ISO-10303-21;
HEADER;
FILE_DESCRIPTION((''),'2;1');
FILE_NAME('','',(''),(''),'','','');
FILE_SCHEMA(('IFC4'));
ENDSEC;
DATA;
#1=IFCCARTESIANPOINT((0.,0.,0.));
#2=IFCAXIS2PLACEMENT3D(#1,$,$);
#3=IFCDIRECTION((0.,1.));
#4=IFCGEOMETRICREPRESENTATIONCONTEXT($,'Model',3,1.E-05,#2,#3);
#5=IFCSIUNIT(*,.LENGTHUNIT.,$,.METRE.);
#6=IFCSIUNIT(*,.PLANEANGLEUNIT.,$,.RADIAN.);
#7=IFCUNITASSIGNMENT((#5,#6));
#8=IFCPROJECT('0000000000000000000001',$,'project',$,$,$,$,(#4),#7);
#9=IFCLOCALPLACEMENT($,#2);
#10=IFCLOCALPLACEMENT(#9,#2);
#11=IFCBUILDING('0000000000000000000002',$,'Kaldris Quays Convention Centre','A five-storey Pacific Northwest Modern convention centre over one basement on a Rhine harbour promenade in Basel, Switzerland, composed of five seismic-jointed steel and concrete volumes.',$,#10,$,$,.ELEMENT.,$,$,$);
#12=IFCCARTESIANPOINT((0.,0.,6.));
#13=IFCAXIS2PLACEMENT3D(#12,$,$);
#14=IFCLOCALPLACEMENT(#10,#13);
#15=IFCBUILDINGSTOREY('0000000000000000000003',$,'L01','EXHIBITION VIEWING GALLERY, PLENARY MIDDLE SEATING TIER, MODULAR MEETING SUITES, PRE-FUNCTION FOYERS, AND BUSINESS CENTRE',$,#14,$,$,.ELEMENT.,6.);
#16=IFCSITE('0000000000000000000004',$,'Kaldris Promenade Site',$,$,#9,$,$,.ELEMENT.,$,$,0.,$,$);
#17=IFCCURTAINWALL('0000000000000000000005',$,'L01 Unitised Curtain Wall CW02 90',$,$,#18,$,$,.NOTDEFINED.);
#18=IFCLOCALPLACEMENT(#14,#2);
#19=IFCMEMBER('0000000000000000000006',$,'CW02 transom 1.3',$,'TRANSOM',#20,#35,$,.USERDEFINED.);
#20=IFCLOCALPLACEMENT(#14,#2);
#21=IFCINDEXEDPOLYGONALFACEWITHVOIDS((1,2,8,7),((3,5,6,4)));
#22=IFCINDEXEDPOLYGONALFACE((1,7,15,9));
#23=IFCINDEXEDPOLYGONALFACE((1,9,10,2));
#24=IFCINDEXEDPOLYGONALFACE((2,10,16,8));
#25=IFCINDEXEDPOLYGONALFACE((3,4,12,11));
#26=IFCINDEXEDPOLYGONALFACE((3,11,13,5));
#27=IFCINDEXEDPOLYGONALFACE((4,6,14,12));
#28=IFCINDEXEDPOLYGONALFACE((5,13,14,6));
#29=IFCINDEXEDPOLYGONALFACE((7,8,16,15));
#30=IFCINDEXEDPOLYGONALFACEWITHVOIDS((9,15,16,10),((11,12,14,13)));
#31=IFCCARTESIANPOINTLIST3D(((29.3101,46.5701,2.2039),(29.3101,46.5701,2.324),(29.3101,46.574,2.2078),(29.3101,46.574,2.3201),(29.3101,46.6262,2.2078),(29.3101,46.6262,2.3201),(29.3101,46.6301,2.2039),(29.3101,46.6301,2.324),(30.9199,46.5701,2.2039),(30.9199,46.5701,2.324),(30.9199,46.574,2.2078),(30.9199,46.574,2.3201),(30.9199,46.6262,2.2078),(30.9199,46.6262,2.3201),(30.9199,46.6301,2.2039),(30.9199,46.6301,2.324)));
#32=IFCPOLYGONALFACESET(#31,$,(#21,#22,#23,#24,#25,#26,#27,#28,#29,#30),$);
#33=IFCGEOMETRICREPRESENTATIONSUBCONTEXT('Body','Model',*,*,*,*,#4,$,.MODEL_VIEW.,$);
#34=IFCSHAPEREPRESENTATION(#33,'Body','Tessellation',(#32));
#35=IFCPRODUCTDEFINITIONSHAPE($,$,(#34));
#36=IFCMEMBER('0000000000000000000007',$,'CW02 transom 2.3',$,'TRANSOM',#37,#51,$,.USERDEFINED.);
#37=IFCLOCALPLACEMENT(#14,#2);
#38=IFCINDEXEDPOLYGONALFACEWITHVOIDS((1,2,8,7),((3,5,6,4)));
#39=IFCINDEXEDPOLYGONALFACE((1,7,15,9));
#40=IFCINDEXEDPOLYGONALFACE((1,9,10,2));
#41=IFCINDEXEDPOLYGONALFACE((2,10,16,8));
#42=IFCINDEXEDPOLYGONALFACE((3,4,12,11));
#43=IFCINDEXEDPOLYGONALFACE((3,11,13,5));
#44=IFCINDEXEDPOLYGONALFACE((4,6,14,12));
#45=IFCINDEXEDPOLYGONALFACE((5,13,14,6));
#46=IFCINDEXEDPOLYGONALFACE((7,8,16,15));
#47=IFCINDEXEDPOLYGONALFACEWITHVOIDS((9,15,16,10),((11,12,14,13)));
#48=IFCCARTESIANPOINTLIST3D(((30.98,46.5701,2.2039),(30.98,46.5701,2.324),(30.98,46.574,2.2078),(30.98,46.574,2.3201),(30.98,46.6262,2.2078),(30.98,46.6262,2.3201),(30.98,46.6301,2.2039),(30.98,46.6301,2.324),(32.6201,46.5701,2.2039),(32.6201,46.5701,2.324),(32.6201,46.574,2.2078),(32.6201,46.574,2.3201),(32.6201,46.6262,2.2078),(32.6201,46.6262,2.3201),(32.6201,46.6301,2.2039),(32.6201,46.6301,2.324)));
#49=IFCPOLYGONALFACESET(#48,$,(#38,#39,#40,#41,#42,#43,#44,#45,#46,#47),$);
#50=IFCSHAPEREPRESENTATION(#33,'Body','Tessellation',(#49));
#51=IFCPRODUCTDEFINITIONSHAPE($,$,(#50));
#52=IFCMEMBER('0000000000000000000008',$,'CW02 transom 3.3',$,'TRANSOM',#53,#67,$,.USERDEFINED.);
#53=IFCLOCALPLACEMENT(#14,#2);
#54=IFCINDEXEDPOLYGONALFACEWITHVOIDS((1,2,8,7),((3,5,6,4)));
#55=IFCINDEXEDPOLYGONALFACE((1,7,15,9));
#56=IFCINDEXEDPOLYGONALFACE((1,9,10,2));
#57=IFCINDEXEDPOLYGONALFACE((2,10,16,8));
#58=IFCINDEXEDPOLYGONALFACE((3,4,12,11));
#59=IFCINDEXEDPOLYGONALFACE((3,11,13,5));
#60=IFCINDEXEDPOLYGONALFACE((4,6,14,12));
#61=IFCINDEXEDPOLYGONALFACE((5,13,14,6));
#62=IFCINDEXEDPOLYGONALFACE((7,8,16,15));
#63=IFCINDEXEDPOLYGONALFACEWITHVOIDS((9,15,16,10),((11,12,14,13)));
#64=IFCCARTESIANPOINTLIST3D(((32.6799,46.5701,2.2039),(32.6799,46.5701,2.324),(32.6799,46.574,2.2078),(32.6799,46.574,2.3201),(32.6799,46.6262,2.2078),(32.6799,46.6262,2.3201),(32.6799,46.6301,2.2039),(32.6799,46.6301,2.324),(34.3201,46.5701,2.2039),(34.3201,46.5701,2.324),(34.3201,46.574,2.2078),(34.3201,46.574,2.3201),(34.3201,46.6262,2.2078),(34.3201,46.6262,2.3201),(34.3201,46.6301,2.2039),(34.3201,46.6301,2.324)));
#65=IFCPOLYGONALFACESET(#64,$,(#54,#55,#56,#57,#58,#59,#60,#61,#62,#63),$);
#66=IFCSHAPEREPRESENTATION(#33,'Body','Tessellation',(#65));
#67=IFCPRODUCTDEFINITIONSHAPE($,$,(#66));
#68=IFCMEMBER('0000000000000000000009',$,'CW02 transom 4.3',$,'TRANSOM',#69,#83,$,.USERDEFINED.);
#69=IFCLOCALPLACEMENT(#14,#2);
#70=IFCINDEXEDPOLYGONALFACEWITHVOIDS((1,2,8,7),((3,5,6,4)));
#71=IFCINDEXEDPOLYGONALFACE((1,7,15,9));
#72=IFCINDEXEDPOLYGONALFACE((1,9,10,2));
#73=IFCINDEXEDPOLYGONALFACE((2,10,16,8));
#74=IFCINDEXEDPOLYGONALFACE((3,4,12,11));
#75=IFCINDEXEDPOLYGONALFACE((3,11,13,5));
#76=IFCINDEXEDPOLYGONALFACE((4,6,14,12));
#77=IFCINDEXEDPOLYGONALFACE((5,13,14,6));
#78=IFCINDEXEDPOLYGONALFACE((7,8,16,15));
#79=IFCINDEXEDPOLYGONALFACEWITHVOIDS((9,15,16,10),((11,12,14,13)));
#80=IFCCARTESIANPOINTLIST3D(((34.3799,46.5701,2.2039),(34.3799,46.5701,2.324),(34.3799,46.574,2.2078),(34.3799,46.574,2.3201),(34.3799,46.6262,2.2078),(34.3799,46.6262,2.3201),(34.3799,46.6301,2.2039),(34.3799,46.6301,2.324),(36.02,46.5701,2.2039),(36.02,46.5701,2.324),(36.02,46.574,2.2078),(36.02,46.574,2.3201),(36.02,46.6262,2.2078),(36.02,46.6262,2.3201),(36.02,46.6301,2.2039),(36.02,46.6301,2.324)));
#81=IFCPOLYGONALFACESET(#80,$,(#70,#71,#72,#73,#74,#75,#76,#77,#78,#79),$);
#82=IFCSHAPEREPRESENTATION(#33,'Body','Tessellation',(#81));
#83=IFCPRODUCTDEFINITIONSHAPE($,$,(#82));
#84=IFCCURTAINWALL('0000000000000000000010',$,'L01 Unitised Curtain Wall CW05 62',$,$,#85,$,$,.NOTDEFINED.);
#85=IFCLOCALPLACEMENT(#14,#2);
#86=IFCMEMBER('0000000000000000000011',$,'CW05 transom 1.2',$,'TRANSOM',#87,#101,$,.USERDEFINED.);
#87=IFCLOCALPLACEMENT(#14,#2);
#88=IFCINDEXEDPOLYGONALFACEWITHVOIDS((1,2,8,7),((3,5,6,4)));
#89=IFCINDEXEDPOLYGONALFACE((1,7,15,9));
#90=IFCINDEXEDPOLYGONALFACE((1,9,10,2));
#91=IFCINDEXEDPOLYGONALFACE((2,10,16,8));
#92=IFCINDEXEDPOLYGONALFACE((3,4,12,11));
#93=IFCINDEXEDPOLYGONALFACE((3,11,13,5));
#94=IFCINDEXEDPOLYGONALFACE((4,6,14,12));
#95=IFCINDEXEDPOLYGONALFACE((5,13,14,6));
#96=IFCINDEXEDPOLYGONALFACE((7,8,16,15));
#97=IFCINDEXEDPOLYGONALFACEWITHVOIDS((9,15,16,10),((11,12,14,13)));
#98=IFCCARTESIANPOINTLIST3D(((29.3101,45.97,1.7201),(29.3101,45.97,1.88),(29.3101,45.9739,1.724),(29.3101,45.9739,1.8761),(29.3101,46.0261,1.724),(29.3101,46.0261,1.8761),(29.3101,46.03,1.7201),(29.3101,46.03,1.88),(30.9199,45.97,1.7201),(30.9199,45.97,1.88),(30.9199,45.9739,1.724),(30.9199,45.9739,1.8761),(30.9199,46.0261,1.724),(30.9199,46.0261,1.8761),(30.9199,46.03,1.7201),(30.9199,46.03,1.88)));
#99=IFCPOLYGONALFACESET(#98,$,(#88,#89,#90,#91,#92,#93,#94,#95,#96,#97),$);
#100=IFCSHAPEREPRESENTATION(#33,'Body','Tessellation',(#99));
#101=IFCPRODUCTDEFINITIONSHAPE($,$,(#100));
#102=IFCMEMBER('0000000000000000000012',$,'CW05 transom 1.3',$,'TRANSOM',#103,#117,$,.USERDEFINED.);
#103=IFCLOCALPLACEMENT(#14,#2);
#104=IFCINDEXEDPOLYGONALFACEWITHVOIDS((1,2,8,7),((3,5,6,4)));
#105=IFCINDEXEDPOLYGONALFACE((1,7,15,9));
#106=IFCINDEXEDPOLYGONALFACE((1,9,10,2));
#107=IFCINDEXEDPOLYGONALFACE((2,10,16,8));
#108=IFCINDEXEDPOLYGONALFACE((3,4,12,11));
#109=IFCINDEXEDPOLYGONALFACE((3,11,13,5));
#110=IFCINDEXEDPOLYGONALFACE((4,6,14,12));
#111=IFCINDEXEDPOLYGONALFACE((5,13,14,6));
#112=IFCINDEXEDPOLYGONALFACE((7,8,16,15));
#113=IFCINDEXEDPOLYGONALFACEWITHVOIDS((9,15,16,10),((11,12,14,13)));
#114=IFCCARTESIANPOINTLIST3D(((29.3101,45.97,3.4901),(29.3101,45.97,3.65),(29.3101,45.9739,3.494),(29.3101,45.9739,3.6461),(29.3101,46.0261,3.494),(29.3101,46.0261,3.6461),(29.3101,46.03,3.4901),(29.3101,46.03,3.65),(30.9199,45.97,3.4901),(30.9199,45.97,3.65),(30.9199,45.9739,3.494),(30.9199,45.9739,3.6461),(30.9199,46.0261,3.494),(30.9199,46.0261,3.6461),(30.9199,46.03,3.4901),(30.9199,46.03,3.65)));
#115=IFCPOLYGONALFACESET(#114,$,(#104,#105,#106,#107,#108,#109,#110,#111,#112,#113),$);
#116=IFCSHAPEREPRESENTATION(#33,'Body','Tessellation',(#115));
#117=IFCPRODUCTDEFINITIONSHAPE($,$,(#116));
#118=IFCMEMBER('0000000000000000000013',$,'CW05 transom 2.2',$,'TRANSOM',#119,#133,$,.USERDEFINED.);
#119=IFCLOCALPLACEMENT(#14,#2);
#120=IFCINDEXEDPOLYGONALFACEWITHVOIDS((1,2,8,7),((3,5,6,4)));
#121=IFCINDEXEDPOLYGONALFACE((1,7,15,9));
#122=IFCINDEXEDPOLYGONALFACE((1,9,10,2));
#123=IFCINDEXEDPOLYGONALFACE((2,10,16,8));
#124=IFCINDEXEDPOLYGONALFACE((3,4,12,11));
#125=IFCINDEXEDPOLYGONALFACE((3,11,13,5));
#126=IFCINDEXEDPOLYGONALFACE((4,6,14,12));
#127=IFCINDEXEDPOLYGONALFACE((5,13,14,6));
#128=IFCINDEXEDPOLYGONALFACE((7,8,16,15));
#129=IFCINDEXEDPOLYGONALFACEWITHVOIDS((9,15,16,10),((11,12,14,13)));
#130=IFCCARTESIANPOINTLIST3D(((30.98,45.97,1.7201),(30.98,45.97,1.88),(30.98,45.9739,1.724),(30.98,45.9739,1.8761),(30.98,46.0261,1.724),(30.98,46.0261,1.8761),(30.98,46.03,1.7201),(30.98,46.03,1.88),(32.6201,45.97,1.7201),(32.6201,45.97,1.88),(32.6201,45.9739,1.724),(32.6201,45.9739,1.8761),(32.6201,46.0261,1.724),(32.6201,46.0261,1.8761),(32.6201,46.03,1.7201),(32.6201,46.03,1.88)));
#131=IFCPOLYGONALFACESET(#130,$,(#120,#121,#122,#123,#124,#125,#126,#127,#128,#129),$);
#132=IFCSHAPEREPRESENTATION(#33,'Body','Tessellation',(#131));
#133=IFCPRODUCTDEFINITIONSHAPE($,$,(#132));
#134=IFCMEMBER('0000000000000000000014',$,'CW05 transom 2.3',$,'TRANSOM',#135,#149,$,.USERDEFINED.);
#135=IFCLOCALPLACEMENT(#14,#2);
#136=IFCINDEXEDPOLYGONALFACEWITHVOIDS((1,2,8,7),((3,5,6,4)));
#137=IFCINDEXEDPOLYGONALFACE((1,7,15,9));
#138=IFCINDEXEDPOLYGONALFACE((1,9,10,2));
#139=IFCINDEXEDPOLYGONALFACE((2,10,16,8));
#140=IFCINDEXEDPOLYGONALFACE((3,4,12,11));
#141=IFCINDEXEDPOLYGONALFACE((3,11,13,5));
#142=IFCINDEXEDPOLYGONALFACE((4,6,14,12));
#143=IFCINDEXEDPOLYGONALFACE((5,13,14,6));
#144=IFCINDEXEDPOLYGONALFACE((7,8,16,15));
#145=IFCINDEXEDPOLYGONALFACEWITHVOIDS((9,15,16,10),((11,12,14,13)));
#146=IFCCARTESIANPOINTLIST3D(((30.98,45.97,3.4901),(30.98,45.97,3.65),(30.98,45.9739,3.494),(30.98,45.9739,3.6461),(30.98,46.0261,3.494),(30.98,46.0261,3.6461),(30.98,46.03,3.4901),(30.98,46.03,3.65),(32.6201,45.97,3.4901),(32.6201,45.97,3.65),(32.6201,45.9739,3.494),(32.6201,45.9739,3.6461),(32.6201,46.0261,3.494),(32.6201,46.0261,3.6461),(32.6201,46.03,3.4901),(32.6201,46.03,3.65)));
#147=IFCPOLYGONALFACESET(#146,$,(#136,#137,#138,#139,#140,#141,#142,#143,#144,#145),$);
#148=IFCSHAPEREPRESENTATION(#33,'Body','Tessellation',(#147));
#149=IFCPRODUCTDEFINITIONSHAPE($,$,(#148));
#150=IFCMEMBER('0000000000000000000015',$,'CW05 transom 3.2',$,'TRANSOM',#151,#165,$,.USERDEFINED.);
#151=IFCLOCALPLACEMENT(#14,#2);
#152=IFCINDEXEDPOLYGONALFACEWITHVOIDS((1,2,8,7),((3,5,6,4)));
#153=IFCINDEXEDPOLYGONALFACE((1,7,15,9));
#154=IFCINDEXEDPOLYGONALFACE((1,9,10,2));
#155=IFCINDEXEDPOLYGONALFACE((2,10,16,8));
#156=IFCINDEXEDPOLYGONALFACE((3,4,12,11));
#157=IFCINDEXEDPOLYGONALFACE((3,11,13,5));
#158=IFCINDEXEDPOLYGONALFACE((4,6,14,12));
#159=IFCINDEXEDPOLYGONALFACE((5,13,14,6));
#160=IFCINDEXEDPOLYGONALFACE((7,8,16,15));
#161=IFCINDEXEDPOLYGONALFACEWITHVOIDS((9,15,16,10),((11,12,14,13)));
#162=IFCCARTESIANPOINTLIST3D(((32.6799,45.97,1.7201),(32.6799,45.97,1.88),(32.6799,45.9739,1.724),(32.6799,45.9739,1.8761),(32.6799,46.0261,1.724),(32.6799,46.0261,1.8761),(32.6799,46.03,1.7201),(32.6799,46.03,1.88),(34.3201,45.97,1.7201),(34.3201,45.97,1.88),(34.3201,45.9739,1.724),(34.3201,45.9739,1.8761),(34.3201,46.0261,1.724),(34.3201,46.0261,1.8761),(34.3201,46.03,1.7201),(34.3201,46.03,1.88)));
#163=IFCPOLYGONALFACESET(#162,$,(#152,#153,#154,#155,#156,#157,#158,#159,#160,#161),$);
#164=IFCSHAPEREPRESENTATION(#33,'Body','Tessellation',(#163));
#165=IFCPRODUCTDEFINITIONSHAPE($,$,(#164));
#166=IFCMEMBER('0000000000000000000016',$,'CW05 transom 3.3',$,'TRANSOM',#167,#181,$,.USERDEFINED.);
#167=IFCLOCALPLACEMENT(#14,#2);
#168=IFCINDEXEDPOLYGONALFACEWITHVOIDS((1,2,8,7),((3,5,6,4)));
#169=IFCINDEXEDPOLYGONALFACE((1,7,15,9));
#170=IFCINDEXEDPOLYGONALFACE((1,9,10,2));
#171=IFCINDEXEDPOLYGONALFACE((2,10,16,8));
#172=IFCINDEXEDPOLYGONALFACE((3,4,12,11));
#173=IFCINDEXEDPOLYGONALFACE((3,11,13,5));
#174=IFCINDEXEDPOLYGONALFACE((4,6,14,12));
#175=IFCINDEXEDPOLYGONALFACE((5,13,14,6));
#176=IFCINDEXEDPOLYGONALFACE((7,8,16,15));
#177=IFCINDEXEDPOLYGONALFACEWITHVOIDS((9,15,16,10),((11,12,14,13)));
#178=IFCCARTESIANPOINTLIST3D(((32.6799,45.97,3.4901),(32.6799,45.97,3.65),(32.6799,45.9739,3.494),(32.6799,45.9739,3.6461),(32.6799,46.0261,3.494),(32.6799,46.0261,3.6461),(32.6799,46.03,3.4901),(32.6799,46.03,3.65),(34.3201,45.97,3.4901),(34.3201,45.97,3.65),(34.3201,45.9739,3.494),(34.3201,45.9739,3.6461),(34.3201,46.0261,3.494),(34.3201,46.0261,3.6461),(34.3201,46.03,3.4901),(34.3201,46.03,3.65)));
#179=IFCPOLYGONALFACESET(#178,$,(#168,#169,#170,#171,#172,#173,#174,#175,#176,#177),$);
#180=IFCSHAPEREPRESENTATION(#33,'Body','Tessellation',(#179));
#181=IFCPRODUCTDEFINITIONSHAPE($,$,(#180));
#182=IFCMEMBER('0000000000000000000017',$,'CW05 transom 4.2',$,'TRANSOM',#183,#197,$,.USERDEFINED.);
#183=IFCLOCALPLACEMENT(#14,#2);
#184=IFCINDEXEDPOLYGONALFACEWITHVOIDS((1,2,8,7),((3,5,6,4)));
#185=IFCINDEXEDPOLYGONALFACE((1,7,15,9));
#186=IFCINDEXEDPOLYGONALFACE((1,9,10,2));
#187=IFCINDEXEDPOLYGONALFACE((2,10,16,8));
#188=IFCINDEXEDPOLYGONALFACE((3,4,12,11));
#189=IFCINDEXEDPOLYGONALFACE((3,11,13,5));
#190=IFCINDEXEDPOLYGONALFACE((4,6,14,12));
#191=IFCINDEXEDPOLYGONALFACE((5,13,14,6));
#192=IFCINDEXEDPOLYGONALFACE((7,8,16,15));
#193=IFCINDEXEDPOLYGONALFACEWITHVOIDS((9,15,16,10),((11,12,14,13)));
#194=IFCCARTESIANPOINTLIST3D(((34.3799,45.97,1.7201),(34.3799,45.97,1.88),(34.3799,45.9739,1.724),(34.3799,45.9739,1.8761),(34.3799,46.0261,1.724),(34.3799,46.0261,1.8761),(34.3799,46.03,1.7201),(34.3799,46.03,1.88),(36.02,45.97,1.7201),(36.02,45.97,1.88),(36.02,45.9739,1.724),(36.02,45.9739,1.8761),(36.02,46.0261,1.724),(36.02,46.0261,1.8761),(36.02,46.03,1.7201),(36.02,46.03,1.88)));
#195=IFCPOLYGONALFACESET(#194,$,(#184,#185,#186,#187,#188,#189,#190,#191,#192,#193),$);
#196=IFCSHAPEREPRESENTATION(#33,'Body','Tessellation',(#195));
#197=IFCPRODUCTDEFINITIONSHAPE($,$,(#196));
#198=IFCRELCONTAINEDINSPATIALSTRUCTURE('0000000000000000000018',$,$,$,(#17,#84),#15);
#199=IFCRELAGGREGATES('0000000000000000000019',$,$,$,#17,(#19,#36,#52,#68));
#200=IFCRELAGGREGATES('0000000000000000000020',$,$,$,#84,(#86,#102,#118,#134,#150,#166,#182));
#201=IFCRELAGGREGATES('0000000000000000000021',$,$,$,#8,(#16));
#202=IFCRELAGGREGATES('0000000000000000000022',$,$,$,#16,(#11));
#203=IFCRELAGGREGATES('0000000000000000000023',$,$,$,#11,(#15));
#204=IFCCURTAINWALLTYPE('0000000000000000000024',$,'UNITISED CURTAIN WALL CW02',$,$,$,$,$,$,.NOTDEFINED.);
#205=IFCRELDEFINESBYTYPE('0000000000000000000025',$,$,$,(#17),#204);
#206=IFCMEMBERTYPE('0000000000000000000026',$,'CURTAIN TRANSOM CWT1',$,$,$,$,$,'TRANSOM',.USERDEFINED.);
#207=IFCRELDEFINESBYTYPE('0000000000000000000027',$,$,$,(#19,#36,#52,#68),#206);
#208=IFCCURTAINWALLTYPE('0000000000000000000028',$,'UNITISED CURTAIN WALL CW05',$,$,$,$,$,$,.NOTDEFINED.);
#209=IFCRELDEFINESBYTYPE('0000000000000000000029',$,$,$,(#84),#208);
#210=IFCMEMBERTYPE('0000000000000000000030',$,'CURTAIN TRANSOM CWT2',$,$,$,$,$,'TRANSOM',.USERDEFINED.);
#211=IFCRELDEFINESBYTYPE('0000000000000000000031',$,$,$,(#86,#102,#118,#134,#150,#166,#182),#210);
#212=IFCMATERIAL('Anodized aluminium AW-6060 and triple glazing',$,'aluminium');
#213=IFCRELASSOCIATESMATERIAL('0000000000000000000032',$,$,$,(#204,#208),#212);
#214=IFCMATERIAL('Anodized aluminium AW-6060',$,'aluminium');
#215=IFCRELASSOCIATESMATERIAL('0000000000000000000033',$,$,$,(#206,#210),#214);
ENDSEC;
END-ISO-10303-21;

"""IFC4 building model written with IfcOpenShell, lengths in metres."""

from ifc_helpers import new_model, si_unit, direction, frame, origin, origin_2d, place, context, subcontext, project, spatial, hollow_rectangle, extrude, material, material_profile, profile_set, type_object, element, aggregate, save


model = new_model("IFC4")

# Units and contexts
model_context = context("Model", 3, precision=1e-05, world=origin(), true_north=direction((0.0, 1.0)))
body_context = subcontext(model_context, "Body", "Model", "MODEL_VIEW")
ifc_project = project(units=[si_unit("LENGTHUNIT", "METRE"), si_unit("PLANEANGLEUNIT", "RADIAN")], contexts=[model_context])

# Site, building, storey
site_placement = place(None, origin())
site = spatial("IfcSite", under=ifc_project, at=site_placement, Name="Kaldris Promenade Site", CompositionType="ELEMENT", RefElevation=0.0)
building_placement = place(site_placement, origin())
building = spatial("IfcBuilding", under=site, at=building_placement, Name="Kaldris Quays Convention Centre", Description="A five-storey Pacific Northwest Modern convention centre over one basement on a Rhine harbour promenade in Basel, Switzerland, composed of five seismic-jointed steel and concrete volumes.", CompositionType="ELEMENT")
storey_placement = place(building_placement, frame((0.0, 0.0, 6.0)))
storey = spatial("IfcBuildingStorey", under=building, at=storey_placement, Name="L01", Description="EXHIBITION VIEWING GALLERY, PLENARY MIDDLE SEATING TIER, MODULAR MEETING SUITES, PRE-FUNCTION FOYERS, AND BUSINESS CENTRE", CompositionType="ELEMENT", Elevation=6.0)

# Curtain walls, members
ifc_material_1 = material(Name="Anodized aluminium AW-6060 and triple glazing", Category="aluminium")
curtain_wall_type_1 = type_object("IfcCurtainWallType", Name="UNITISED CURTAIN WALL CW02", PredefinedType="NOTDEFINED", material=ifc_material_1)
curtain_wall_1_placement = place(storey_placement, origin())
curtain_wall_1 = element("IfcCurtainWall", 1, at=curtain_wall_1_placement, inside=storey, type_object=curtain_wall_type_1, Name="L01 Unitised Curtain Wall CW02 90", PredefinedType="NOTDEFINED")
ifc_material_2 = material(Name="Anodized aluminium AW-6060", Category="aluminium")
ifc_material_profile_1 = material_profile(ifc_material_2, hollow_rectangle(XDim=0.0601, YDim=0.1201, WallThickness=0.0039, at=origin_2d()), Name="RHS 120x60x4")
ifc_profile_set_1 = profile_set([ifc_material_profile_1], Name="Anodized aluminium AW-6060")
member_type_1 = type_object("IfcMemberType", Name="CURTAIN TRANSOM CWT1", ElementType="TRANSOM", PredefinedType="USERDEFINED", material=ifc_profile_set_1)
member_1_placement = place(storey_placement, frame((29.3101, 46.6001, 2.2639), z_axis=(1.0, 0.0, 0.0), x_axis=(0.0, 1.0, 0.0)))
member_1 = element("IfcMember", 2, at=member_1_placement, type_object=member_type_1, Name="CW02 transom 1.3", ObjectType="TRANSOM", PredefinedType="USERDEFINED", context=body_context, shape_type="SweptSolid", body=[
    extrude(hollow_rectangle(XDim=0.0601, YDim=0.1201, WallThickness=0.0039, at=origin_2d()), origin(), (0.0, 0.0, 1.0), 1.6099),
])
member_2_placement = place(storey_placement, frame((30.98, 46.6001, 2.2639), z_axis=(1.0, 0.0, 0.0), x_axis=(0.0, 1.0, 0.0)))
member_2 = element("IfcMember", 3, at=member_2_placement, type_object=member_type_1, Name="CW02 transom 2.3", ObjectType="TRANSOM", PredefinedType="USERDEFINED", context=body_context, shape_type="SweptSolid", body=[
    extrude(hollow_rectangle(XDim=0.0601, YDim=0.1201, WallThickness=0.0039, at=origin_2d()), origin(), (0.0, 0.0, 1.0), 1.6401),
])
member_3_placement = place(storey_placement, frame((32.6799, 46.6001, 2.2639), z_axis=(1.0, 0.0, 0.0), x_axis=(0.0, 1.0, 0.0)))
member_3 = element("IfcMember", 4, at=member_3_placement, type_object=member_type_1, Name="CW02 transom 3.3", ObjectType="TRANSOM", PredefinedType="USERDEFINED", context=body_context, shape_type="SweptSolid", body=[
    extrude(hollow_rectangle(XDim=0.0601, YDim=0.1201, WallThickness=0.0039, at=origin_2d()), origin(), (0.0, 0.0, 1.0), 1.6401),
])
member_4_placement = place(storey_placement, frame((34.3799, 46.6001, 2.2639), z_axis=(1.0, 0.0, 0.0), x_axis=(0.0, 1.0, 0.0)))
member_4 = element("IfcMember", 5, at=member_4_placement, type_object=member_type_1, Name="CW02 transom 4.3", ObjectType="TRANSOM", PredefinedType="USERDEFINED", context=body_context, shape_type="SweptSolid", body=[
    extrude(hollow_rectangle(XDim=0.0601, YDim=0.1201, WallThickness=0.0039, at=origin_2d()), origin(), (0.0, 0.0, 1.0), 1.6401),
])
curtain_wall_type_2 = type_object("IfcCurtainWallType", Name="UNITISED CURTAIN WALL CW05", PredefinedType="NOTDEFINED", material=ifc_material_1)
curtain_wall_2_placement = place(storey_placement, origin())
curtain_wall_2 = element("IfcCurtainWall", 6, at=curtain_wall_2_placement, inside=storey, type_object=curtain_wall_type_2, Name="L01 Unitised Curtain Wall CW05 62", PredefinedType="NOTDEFINED")
ifc_material_profile_2 = material_profile(ifc_material_2, hollow_rectangle(XDim=0.0601, YDim=0.1599, WallThickness=0.0039, at=origin_2d()), Name="RHS 160x60x4")
ifc_profile_set_2 = profile_set([ifc_material_profile_2], Name="Anodized aluminium AW-6060")
member_type_2 = type_object("IfcMemberType", Name="CURTAIN TRANSOM CWT2", ElementType="TRANSOM", PredefinedType="USERDEFINED", material=ifc_profile_set_2)
member_5_placement = place(storey_placement, frame((29.3101, 46.0, 1.8), z_axis=(1.0, 0.0, 0.0), x_axis=(0.0, 1.0, 0.0)))
member_5 = element("IfcMember", 7, at=member_5_placement, type_object=member_type_2, Name="CW05 transom 1.2", ObjectType="TRANSOM", PredefinedType="USERDEFINED", context=body_context, shape_type="SweptSolid", body=[
    extrude(hollow_rectangle(XDim=0.0601, YDim=0.1599, WallThickness=0.0039, at=origin_2d()), origin(), (0.0, 0.0, 1.0), 1.6099),
])
member_6_placement = place(storey_placement, frame((29.3101, 46.0, 3.5701), z_axis=(1.0, 0.0, 0.0), x_axis=(0.0, 1.0, 0.0)))
member_6 = element("IfcMember", 8, at=member_6_placement, type_object=member_type_2, Name="CW05 transom 1.3", ObjectType="TRANSOM", PredefinedType="USERDEFINED", context=body_context, shape_type="SweptSolid", body=[
    extrude(hollow_rectangle(XDim=0.0601, YDim=0.1599, WallThickness=0.0039, at=origin_2d()), origin(), (0.0, 0.0, 1.0), 1.6099),
])
member_7_placement = place(storey_placement, frame((30.98, 46.0, 1.8), z_axis=(1.0, 0.0, 0.0), x_axis=(0.0, 1.0, 0.0)))
member_7 = element("IfcMember", 9, at=member_7_placement, type_object=member_type_2, Name="CW05 transom 2.2", ObjectType="TRANSOM", PredefinedType="USERDEFINED", context=body_context, shape_type="SweptSolid", body=[
    extrude(hollow_rectangle(XDim=0.0601, YDim=0.1599, WallThickness=0.0039, at=origin_2d()), origin(), (0.0, 0.0, 1.0), 1.6401),
])
member_8_placement = place(storey_placement, frame((30.98, 46.0, 3.5701), z_axis=(1.0, 0.0, 0.0), x_axis=(0.0, 1.0, 0.0)))
member_8 = element("IfcMember", 10, at=member_8_placement, type_object=member_type_2, Name="CW05 transom 2.3", ObjectType="TRANSOM", PredefinedType="USERDEFINED", context=body_context, shape_type="SweptSolid", body=[
    extrude(hollow_rectangle(XDim=0.0601, YDim=0.1599, WallThickness=0.0039, at=origin_2d()), origin(), (0.0, 0.0, 1.0), 1.6401),
])
member_9_placement = place(storey_placement, frame((32.6799, 46.0, 1.8), z_axis=(1.0, 0.0, 0.0), x_axis=(0.0, 1.0, 0.0)))
member_9 = element("IfcMember", 11, at=member_9_placement, type_object=member_type_2, Name="CW05 transom 3.2", ObjectType="TRANSOM", PredefinedType="USERDEFINED", context=body_context, shape_type="SweptSolid", body=[
    extrude(hollow_rectangle(XDim=0.0601, YDim=0.1599, WallThickness=0.0039, at=origin_2d()), origin(), (0.0, 0.0, 1.0), 1.6401),
])
member_10_placement = place(storey_placement, frame((32.6799, 46.0, 3.5701), z_axis=(1.0, 0.0, 0.0), x_axis=(0.0, 1.0, 0.0)))
member_10 = element("IfcMember", 12, at=member_10_placement, type_object=member_type_2, Name="CW05 transom 3.3", ObjectType="TRANSOM", PredefinedType="USERDEFINED", context=body_context, shape_type="SweptSolid", body=[
    extrude(hollow_rectangle(XDim=0.0601, YDim=0.1599, WallThickness=0.0039, at=origin_2d()), origin(), (0.0, 0.0, 1.0), 1.6401),
])
member_11_placement = place(storey_placement, frame((34.3799, 46.0, 1.8), z_axis=(1.0, 0.0, 0.0), x_axis=(0.0, 1.0, 0.0)))
member_11 = element("IfcMember", 13, at=member_11_placement, type_object=member_type_2, Name="CW05 transom 4.2", ObjectType="TRANSOM", PredefinedType="USERDEFINED", context=body_context, shape_type="SweptSolid", body=[
    extrude(hollow_rectangle(XDim=0.0601, YDim=0.1599, WallThickness=0.0039, at=origin_2d()), origin(), (0.0, 0.0, 1.0), 1.6401),
])

aggregate(curtain_wall_1, [member_1, member_2, member_3, member_4])
aggregate(curtain_wall_2, [member_5, member_6, member_7, member_8, member_9, member_10, member_11])

save(model, "model.ifc")
